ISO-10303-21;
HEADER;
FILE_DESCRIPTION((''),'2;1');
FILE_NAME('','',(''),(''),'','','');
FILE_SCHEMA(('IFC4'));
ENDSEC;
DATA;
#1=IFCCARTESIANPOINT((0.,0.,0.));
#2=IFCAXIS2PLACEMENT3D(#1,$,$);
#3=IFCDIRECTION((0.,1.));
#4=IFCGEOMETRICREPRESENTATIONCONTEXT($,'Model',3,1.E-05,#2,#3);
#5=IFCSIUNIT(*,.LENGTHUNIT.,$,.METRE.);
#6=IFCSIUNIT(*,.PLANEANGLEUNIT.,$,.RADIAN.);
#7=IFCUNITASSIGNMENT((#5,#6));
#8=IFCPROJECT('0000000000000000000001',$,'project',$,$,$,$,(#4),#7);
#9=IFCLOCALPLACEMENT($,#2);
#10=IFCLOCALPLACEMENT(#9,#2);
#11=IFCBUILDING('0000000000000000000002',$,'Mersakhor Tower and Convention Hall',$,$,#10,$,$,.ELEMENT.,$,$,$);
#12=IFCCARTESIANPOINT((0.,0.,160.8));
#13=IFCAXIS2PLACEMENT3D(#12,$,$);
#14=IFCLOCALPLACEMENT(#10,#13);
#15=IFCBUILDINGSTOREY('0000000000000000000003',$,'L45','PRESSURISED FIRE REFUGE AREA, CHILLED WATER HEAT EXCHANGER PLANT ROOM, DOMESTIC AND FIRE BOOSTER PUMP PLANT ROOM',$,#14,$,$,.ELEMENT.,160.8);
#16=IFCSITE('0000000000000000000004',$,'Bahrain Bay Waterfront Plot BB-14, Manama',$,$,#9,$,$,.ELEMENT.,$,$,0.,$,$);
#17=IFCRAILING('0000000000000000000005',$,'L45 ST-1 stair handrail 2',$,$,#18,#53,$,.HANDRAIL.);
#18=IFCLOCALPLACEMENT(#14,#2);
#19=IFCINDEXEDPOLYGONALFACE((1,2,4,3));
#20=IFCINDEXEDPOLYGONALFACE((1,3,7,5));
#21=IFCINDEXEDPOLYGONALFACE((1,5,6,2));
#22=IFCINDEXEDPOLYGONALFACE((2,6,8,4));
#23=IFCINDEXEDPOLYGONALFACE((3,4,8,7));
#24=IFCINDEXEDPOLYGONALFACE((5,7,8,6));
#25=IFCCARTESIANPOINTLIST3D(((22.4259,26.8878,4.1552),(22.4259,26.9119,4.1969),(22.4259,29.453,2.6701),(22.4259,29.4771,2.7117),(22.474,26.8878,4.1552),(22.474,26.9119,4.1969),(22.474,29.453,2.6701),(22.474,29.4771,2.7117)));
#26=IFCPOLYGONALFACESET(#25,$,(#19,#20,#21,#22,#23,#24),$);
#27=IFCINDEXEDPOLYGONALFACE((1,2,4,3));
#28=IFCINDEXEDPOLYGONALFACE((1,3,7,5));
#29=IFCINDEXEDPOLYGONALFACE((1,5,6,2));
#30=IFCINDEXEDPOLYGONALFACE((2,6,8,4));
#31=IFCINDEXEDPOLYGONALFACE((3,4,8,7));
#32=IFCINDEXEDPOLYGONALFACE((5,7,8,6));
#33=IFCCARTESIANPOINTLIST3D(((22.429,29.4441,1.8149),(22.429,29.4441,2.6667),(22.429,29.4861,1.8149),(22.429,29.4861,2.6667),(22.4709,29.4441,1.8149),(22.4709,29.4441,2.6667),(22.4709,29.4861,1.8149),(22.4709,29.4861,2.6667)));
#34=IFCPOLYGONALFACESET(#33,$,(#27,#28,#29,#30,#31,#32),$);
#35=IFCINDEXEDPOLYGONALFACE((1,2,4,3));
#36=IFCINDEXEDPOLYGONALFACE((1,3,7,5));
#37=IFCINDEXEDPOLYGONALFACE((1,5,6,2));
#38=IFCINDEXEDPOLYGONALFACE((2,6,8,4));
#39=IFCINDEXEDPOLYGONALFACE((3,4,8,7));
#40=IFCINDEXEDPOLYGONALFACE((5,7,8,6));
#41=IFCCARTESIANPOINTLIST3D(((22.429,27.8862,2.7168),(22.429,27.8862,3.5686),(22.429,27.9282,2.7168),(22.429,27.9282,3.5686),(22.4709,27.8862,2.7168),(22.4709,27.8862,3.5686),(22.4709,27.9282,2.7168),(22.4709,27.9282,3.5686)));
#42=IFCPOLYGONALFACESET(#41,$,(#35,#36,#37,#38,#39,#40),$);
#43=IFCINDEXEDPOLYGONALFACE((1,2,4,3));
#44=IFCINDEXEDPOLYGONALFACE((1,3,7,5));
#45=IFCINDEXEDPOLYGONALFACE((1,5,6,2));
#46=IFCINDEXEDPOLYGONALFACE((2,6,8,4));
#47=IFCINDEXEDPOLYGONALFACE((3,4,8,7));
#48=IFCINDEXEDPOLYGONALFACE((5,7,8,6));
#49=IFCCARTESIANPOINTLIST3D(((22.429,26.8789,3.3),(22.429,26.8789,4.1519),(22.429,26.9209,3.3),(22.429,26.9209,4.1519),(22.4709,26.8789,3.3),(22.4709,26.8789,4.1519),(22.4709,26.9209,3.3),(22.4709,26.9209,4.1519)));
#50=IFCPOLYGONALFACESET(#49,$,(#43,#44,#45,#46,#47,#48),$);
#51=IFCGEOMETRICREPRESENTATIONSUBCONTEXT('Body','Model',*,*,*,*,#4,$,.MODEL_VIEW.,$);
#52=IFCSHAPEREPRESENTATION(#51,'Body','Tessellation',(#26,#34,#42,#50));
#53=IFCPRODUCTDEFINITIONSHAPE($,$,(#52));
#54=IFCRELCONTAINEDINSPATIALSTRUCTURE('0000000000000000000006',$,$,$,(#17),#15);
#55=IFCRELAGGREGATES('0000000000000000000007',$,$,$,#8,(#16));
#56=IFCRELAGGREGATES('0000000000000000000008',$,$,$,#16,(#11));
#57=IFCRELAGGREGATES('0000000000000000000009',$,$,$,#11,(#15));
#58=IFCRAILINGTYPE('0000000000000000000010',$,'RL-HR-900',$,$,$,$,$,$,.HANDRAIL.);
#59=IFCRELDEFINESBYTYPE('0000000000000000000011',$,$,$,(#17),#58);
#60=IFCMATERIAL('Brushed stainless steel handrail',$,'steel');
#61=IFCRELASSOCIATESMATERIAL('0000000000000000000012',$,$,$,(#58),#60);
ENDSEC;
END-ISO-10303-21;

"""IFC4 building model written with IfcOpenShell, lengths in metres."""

from ifc_helpers import new_model, si_unit, direction, frame, origin, origin_2d, place, context, subcontext, project, spatial, rectangle, extrude, material, type_object, element, save


model = new_model("IFC4")

# Units and contexts
model_context = context("Model", 3, precision=1e-05, world=origin(), true_north=direction((0.0, 1.0)))
body_context = subcontext(model_context, "Body", "Model", "MODEL_VIEW")
ifc_project = project(units=[si_unit("LENGTHUNIT", "METRE"), si_unit("PLANEANGLEUNIT", "RADIAN")], contexts=[model_context])

# Site, building, storey
site_placement = place(None, origin())
site = spatial("IfcSite", under=ifc_project, at=site_placement, Name="Bahrain Bay Waterfront Plot BB-14, Manama", CompositionType="ELEMENT", RefElevation=0.0)
building_placement = place(site_placement, origin())
building = spatial("IfcBuilding", under=site, at=building_placement, Name="Mersakhor Tower and Convention Hall", CompositionType="ELEMENT")
storey_placement = place(building_placement, frame((0.0, 0.0, 160.8)))
storey = spatial("IfcBuildingStorey", under=building, at=storey_placement, Name="L45", Description="PRESSURISED FIRE REFUGE AREA, CHILLED WATER HEAT EXCHANGER PLANT ROOM, DOMESTIC AND FIRE BOOSTER PUMP PLANT ROOM", CompositionType="ELEMENT", Elevation=160.8)

# Railing
ifc_material_1 = material(Name="Brushed stainless steel handrail", Category="steel")
railing_type_1 = type_object("IfcRailingType", Name="RL-HR-900", PredefinedType="HANDRAIL", material=ifc_material_1)
railing_1_placement = place(storey_placement, frame((22.45, 29.4651, 1.8149)))
element("IfcRailing", 1, at=railing_1_placement, inside=storey, type_object=railing_type_1, Name="L45 ST-1 stair handrail 2", PredefinedType="HANDRAIL", context=body_context, shape_type="SweptSolid", body=[
    extrude(rectangle(XDim=0.0481, YDim=0.0481, at=origin_2d()), frame((0.0, 0.0, 0.876), z_axis=(0.0, -0.865426, 0.501036), x_axis=(1.0, 0.0, 0.0)), (0.0, 0.0, 1.0), 2.9641),
    extrude(rectangle(XDim=0.042, YDim=0.042, at=origin_2d()), origin(), (0.0, 0.0, 1.0), 0.8518),
    extrude(rectangle(XDim=0.042, YDim=0.042, at=origin_2d()), frame((0.0, -1.5579, 0.9019)), (0.0, 0.0, 1.0), 0.8518),
    extrude(rectangle(XDim=0.042, YDim=0.042, at=origin_2d()), frame((0.0, -2.5652, 1.4851)), (0.0, 0.0, 1.0), 0.8518),
])

save(model, "model.ifc")
